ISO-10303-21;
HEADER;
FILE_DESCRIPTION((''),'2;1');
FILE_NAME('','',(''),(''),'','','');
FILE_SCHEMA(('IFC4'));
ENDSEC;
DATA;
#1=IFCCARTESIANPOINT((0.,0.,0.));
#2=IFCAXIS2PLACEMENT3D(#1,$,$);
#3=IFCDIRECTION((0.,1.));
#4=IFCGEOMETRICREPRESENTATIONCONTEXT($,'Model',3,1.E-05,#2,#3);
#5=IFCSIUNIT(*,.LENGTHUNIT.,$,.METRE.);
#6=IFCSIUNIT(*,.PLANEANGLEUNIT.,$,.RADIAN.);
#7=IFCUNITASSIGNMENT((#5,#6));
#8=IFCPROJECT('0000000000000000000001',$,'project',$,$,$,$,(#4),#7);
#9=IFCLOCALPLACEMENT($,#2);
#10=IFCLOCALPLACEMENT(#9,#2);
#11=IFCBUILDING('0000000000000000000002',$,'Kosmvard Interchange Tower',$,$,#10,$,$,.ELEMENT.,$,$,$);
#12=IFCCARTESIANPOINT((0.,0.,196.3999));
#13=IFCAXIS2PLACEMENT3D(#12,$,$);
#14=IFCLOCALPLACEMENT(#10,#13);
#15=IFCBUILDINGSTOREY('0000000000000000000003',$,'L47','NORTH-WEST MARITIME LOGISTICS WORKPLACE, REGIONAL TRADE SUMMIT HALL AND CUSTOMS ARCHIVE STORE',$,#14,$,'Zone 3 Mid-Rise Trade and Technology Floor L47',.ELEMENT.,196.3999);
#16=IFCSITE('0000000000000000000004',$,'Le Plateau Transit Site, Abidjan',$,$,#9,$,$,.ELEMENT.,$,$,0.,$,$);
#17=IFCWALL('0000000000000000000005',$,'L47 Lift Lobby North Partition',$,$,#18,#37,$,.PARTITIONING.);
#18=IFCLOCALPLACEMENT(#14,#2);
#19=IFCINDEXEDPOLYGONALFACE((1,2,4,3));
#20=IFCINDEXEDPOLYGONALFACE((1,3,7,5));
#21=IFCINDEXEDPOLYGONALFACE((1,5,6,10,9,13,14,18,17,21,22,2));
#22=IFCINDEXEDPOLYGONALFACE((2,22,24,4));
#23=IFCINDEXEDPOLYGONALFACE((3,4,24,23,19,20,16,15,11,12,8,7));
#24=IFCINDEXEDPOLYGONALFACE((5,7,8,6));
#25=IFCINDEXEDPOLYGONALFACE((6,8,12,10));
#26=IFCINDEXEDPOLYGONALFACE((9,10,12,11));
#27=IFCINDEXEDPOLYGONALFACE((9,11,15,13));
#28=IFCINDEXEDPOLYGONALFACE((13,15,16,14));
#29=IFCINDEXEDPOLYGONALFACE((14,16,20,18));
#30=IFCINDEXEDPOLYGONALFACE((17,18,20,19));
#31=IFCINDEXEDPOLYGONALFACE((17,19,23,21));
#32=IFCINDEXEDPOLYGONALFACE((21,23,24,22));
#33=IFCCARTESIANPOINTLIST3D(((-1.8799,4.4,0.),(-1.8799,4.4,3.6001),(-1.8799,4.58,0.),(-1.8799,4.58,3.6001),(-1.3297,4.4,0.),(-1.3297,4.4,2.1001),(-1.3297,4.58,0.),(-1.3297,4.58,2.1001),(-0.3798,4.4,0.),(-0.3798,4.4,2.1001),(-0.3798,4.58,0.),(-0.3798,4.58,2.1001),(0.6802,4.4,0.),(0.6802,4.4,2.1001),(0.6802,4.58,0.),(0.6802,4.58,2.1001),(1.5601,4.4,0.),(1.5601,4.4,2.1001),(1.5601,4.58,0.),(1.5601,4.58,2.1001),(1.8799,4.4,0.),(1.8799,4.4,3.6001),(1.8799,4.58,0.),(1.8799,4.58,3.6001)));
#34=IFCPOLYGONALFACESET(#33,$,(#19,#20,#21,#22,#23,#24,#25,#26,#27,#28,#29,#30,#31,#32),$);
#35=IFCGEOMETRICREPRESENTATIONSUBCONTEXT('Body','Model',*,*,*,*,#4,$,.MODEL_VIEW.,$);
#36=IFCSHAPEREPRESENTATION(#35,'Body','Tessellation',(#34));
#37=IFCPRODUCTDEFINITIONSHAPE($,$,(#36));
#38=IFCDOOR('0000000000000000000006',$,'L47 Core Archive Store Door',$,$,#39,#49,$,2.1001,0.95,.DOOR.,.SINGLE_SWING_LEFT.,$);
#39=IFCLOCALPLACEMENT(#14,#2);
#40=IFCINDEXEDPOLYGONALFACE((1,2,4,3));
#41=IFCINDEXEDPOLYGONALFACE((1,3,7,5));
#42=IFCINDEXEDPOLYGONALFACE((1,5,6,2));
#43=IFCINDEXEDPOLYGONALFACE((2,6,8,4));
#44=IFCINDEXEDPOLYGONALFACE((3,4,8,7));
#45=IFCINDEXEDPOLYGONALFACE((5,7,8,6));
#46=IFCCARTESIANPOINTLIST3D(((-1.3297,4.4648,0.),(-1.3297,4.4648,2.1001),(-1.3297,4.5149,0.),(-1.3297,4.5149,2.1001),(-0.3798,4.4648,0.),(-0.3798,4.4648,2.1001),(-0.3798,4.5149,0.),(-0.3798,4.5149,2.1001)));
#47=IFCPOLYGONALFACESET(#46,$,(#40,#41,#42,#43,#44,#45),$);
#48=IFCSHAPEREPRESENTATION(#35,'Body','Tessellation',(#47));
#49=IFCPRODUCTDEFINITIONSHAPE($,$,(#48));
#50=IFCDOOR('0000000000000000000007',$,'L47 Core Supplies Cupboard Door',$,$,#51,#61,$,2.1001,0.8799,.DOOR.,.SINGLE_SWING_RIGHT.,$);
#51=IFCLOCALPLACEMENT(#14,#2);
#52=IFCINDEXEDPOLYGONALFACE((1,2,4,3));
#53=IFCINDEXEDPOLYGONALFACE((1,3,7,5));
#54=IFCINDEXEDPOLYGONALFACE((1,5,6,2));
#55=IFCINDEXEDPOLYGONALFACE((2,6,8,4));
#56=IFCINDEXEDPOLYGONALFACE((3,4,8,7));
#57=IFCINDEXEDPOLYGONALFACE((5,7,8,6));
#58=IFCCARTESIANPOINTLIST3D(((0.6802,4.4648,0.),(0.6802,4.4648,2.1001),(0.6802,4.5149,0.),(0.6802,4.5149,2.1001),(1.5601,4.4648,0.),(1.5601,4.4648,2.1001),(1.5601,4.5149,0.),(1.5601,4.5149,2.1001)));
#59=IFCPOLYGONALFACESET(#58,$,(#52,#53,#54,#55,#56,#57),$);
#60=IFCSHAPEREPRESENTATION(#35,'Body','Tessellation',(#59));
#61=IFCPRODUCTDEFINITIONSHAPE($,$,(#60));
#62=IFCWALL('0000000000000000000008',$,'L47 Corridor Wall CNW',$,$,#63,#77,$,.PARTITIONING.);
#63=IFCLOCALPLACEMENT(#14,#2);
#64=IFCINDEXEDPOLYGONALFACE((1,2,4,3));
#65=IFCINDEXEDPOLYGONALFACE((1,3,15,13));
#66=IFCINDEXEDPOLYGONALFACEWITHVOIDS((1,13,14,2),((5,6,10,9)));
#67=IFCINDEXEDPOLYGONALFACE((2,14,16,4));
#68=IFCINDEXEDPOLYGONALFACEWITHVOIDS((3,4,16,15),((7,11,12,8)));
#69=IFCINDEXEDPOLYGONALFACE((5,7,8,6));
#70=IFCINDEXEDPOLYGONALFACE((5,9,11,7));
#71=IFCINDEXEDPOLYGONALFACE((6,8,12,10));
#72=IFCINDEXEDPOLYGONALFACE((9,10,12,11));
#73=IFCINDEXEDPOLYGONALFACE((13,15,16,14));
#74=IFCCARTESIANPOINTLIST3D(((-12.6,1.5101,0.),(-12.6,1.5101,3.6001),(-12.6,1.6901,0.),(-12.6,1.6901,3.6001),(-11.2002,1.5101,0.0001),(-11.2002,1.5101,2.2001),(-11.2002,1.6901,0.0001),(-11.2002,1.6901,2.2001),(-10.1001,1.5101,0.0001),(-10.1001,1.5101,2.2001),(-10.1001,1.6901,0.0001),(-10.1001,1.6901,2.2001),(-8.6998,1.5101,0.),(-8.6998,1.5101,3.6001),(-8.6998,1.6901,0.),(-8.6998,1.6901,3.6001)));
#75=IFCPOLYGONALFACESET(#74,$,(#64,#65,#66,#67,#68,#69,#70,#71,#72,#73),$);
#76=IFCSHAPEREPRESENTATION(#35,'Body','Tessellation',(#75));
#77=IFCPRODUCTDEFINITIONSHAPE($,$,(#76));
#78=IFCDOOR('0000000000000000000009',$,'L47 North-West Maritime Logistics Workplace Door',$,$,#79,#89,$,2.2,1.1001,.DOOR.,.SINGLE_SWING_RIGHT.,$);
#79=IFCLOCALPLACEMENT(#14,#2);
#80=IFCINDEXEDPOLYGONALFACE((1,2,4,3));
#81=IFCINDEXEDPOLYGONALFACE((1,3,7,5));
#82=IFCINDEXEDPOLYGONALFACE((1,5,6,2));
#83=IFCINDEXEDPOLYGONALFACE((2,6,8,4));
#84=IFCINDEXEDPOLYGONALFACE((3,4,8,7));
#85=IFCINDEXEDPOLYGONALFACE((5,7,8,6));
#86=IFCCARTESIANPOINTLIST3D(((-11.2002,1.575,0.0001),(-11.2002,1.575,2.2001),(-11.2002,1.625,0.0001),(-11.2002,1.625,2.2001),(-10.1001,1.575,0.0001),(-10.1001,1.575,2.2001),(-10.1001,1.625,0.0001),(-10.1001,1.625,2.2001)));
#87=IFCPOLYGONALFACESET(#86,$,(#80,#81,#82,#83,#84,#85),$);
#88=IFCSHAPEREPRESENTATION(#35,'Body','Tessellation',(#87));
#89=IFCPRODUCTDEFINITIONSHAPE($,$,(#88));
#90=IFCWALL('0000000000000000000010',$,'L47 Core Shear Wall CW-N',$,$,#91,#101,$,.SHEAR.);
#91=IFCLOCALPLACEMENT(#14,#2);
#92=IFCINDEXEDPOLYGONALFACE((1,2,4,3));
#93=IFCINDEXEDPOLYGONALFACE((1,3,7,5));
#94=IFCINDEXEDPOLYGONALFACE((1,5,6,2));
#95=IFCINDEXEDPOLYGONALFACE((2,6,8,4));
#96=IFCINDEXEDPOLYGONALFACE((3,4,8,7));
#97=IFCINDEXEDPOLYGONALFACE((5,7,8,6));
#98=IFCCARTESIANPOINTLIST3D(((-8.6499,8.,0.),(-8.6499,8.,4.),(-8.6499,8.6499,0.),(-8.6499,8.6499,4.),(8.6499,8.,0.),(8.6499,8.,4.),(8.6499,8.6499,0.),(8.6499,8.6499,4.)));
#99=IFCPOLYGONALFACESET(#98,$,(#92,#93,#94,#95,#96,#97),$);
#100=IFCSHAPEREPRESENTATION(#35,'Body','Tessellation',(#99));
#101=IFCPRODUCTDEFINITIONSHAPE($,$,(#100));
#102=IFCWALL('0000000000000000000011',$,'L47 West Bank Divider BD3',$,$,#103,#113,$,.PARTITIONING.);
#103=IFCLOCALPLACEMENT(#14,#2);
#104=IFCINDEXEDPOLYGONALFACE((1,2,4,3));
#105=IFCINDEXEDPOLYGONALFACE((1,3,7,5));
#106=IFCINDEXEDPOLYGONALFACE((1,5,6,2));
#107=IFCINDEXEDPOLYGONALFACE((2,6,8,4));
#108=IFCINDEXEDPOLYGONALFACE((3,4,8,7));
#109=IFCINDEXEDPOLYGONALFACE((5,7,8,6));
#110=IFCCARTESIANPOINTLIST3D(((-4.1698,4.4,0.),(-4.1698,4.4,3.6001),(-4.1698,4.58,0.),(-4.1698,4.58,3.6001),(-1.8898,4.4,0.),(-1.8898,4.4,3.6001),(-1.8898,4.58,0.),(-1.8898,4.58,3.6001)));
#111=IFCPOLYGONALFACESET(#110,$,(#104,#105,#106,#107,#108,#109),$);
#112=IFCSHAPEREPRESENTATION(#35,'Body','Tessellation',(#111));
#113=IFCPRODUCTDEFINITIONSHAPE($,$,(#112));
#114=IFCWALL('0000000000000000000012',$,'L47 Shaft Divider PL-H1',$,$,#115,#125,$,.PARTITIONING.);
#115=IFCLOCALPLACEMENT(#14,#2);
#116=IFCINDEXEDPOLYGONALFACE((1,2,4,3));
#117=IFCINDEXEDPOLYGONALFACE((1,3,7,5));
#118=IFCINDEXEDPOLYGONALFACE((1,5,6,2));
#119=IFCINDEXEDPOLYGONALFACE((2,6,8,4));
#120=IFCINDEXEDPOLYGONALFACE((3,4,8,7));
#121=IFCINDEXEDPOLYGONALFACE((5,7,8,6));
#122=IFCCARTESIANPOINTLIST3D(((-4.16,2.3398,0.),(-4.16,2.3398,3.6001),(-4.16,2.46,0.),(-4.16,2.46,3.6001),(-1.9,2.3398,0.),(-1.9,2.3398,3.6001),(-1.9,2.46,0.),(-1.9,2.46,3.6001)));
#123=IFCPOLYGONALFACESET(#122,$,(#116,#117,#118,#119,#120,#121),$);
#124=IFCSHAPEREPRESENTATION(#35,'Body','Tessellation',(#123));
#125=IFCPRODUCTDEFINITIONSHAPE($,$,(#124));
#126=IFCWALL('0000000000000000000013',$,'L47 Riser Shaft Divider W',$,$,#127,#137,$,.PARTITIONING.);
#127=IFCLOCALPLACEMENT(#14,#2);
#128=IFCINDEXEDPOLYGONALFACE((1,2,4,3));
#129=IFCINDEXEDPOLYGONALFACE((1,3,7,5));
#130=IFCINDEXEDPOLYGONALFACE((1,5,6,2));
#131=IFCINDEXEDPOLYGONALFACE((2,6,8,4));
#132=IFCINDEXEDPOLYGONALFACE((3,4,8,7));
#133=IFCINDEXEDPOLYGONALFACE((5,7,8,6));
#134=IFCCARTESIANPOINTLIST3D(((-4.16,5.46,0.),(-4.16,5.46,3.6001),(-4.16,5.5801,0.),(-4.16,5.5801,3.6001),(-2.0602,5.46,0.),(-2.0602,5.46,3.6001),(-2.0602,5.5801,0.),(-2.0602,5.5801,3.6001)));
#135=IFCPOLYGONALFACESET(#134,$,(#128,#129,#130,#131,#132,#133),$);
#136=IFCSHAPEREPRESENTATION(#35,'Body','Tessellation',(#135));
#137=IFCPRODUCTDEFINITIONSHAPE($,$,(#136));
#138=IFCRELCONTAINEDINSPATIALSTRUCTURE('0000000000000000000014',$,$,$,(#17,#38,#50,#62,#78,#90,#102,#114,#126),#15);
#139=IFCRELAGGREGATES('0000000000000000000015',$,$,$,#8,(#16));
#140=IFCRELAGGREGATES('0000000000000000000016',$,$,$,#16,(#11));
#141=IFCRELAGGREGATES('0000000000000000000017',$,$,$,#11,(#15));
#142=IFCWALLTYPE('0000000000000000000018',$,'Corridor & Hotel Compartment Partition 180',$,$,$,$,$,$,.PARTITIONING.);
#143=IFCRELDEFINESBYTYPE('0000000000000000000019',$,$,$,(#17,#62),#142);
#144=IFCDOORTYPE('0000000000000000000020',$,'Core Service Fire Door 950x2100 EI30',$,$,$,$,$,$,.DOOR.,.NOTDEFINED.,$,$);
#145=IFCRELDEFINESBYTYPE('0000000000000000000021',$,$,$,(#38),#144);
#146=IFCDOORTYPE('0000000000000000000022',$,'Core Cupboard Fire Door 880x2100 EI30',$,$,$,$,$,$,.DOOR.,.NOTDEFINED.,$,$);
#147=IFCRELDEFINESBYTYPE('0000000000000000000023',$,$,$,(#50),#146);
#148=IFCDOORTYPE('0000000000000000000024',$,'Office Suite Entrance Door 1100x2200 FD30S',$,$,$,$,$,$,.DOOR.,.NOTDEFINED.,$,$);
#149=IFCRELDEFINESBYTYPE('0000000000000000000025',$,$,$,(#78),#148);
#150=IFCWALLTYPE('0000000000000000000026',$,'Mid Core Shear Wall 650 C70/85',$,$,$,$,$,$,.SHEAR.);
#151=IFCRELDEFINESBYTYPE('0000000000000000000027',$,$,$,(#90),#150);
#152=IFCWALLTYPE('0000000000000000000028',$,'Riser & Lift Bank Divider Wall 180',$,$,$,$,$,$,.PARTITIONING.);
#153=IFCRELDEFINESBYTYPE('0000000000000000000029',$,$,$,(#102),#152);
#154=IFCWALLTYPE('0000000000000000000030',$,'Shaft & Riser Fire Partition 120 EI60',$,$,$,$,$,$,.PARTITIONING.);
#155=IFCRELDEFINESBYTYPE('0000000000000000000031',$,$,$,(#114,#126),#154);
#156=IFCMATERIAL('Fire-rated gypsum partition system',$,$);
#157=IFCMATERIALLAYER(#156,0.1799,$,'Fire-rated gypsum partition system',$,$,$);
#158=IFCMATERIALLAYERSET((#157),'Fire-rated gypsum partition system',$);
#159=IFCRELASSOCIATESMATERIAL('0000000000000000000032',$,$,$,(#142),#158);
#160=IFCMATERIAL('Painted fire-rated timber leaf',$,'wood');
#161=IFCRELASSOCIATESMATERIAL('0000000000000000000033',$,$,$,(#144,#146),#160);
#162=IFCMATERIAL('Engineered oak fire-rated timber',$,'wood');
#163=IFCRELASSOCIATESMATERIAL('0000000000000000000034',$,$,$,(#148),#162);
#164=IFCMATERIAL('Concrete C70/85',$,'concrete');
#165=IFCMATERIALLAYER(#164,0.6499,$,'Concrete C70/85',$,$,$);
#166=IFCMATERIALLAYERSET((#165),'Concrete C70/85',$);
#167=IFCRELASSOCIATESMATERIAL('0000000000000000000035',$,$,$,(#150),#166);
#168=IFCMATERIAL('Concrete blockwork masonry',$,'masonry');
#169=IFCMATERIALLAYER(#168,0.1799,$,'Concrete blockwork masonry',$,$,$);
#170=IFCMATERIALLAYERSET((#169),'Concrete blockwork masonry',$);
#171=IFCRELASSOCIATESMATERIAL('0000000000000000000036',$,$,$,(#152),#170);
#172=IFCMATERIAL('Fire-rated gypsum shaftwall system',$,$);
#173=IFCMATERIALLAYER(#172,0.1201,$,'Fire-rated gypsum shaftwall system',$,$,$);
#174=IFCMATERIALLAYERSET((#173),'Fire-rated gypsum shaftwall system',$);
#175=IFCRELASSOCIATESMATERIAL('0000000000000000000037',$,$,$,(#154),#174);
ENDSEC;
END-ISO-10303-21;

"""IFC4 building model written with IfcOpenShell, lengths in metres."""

from ifc_helpers import new_model, si_unit, direction, frame, frame_2d, origin, place, context, subcontext, project, spatial, rectangle, extrude, source, transform, mapped, material, layer, layer_set, type_object, element, fill, save


model = new_model("IFC4")

# Units and contexts
model_context = context("Model", 3, precision=1e-05, world=origin(), true_north=direction((0.0, 1.0)))
body_context = subcontext(model_context, "Body", "Model", "MODEL_VIEW")
ifc_project = project(units=[si_unit("LENGTHUNIT", "METRE"), si_unit("PLANEANGLEUNIT", "RADIAN")], contexts=[model_context])

# Site, building, storey
site_placement = place(None, origin())
site = spatial("IfcSite", under=ifc_project, at=site_placement, Name="Le Plateau Transit Site, Abidjan", CompositionType="ELEMENT", RefElevation=0.0)
building_placement = place(site_placement, origin())
building = spatial("IfcBuilding", under=site, at=building_placement, Name="Kosmvard Interchange Tower", CompositionType="ELEMENT")
storey_placement = place(building_placement, frame((0.0, 0.0, 196.3999)))
storey = spatial("IfcBuildingStorey", under=building, at=storey_placement, Name="L47", Description="NORTH-WEST MARITIME LOGISTICS WORKPLACE, REGIONAL TRADE SUMMIT HALL AND CUSTOMS ARCHIVE STORE", LongName="Zone 3 Mid-Rise Trade and Technology Floor L47", CompositionType="ELEMENT", Elevation=196.3999)

# Shared definitions
ifc_material_1 = material(Name="Fire-rated gypsum partition system")

# Wall, openings, doors
ifc_layer_1 = layer(ifc_material_1, 0.1799, Name="Fire-rated gypsum partition system")
ifc_layer_set_1 = layer_set([ifc_layer_1], Name="Fire-rated gypsum partition system")
wall_type_1 = type_object("IfcWallType", Name="Corridor & Hotel Compartment Partition 180", PredefinedType="PARTITIONING", material=ifc_layer_set_1)
wall_1_placement = place(storey_placement, frame((-1.8799, 4.49, 0.0), z_axis=(0.0, 0.0, 1.0), x_axis=(1.0, 0.0, 0.0)))
wall_1 = element("IfcWall", 1, at=wall_1_placement, inside=storey, type_object=wall_type_1, Name="L47 Lift Lobby North Partition", PredefinedType="PARTITIONING", context=body_context, shape_type="SweptSolid", body=[
    extrude(rectangle(XDim=3.7598, YDim=0.1799, at=frame_2d((1.8799, 0.0))), origin(), (0.0, 0.0, 1.0), 3.6001),
])
opening_1_placement = place(wall_1_placement, frame((0.55, 0.0, 0.0)))
opening_1 = element("IfcOpeningElement", 2, at=opening_1_placement, cuts=wall_1, PredefinedType="OPENING", context=body_context, shape_type="SweptSolid", body=[
    extrude(rectangle(XDim=0.95, YDim=2.1001, at=frame_2d((0.4751, 1.05))), frame((0.0, 0.1001, 0.0), z_axis=(0.0, -1.0, 0.0), x_axis=(1.0, 0.0, 0.0)), (0.0, 0.0, 1.0), 0.2),
])
opening_2_placement = place(wall_1_placement, frame((2.5601, 0.0, 0.0)))
opening_2 = element("IfcOpeningElement", 3, at=opening_2_placement, cuts=wall_1, PredefinedType="OPENING", context=body_context, shape_type="SweptSolid", body=[
    extrude(rectangle(XDim=0.8799, YDim=2.1001, at=frame_2d((0.4399, 1.05))), frame((0.0, 0.1001, 0.0), z_axis=(0.0, -1.0, 0.0), x_axis=(1.0, 0.0, 0.0)), (0.0, 0.0, 1.0), 0.2),
])
ifc_material_2 = material(Name="Painted fire-rated timber leaf", Category="wood")
door_type_1 = type_object("IfcDoorType", Name="Core Service Fire Door 950x2100 EI30", OperationType="NOTDEFINED", PredefinedType="DOOR", material=ifc_material_2)
shared_shape_1 = source(origin(), body_context, "Body", "SweptSolid", [
    extrude(rectangle(XDim=0.95, YDim=2.1001, at=frame_2d((0.4751, 1.05))), frame((0.0, 0.0249, 0.0), z_axis=(0.0, -1.0, 0.0), x_axis=(1.0, 0.0, 0.0)), (0.0, 0.0, 1.0), 0.05),
])
door_1_placement = place(opening_1_placement, origin())
door_1 = element("IfcDoor", 4, at=door_1_placement, inside=storey, type_object=door_type_1, Name="L47 Core Archive Store Door", OperationType="SINGLE_SWING_LEFT", OverallHeight=2.1001, OverallWidth=0.95, PredefinedType="DOOR", context=body_context, shape_type="MappedRepresentation", body=[
    mapped(shared_shape_1, transform((0.0, 0.0, 0.0), scale=1.0)),
])
fill(opening_1, door_1)
door_type_2 = type_object("IfcDoorType", Name="Core Cupboard Fire Door 880x2100 EI30", OperationType="NOTDEFINED", PredefinedType="DOOR", material=ifc_material_2)
shared_shape_2 = source(origin(), body_context, "Body", "SweptSolid", [
    extrude(rectangle(XDim=0.8799, YDim=2.1001, at=frame_2d((0.4399, 1.05))), frame((0.0, 0.0249, 0.0), z_axis=(0.0, -1.0, 0.0), x_axis=(1.0, 0.0, 0.0)), (0.0, 0.0, 1.0), 0.05),
])
door_2_placement = place(opening_2_placement, origin())
door_2 = element("IfcDoor", 5, at=door_2_placement, inside=storey, type_object=door_type_2, Name="L47 Core Supplies Cupboard Door", OperationType="SINGLE_SWING_RIGHT", OverallHeight=2.1001, OverallWidth=0.8799, PredefinedType="DOOR", context=body_context, shape_type="MappedRepresentation", body=[
    mapped(shared_shape_2, transform((0.0, 0.0, 0.0), scale=1.0)),
])
fill(opening_2, door_2)

# Wall, opening, door
wall_2_placement = place(storey_placement, frame((-12.6001, 1.6001, 0.0), z_axis=(0.0, 0.0, 1.0), x_axis=(1.0, 0.0, 0.0)))
wall_2 = element("IfcWall", 6, at=wall_2_placement, inside=storey, type_object=wall_type_1, Name="L47 Corridor Wall CNW", PredefinedType="PARTITIONING", context=body_context, shape_type="SweptSolid", body=[
    extrude(rectangle(XDim=3.9001, YDim=0.1799, at=frame_2d((1.9502, 0.0))), origin(), (0.0, 0.0, 1.0), 3.6001),
])
opening_3_placement = place(wall_2_placement, frame((1.3999, 0.0, 0.0)))
opening_3 = element("IfcOpeningElement", 7, at=opening_3_placement, cuts=wall_2, PredefinedType="OPENING", context=body_context, shape_type="SweptSolid", body=[
    extrude(rectangle(XDim=1.1001, YDim=2.2, at=frame_2d((0.55, 1.1001))), frame((0.0, 0.1001, 0.0), z_axis=(0.0, -1.0, 0.0), x_axis=(1.0, 0.0, 0.0)), (0.0, 0.0, 1.0), 0.2),
])
ifc_material_3 = material(Name="Engineered oak fire-rated timber", Category="wood")
door_type_3 = type_object("IfcDoorType", Name="Office Suite Entrance Door 1100x2200 FD30S", OperationType="NOTDEFINED", PredefinedType="DOOR", material=ifc_material_3)
shared_shape_3 = source(origin(), body_context, "Body", "SweptSolid", [
    extrude(rectangle(XDim=1.1001, YDim=2.2, at=frame_2d((0.55, 1.1001))), frame((0.0, 0.0249, 0.0), z_axis=(0.0, -1.0, 0.0), x_axis=(1.0, 0.0, 0.0)), (0.0, 0.0, 1.0), 0.05),
])
door_3_placement = place(opening_3_placement, origin())
door_3 = element("IfcDoor", 8, at=door_3_placement, inside=storey, type_object=door_type_3, Name="L47 North-West Maritime Logistics Workplace Door", OperationType="SINGLE_SWING_RIGHT", OverallHeight=2.2, OverallWidth=1.1001, PredefinedType="DOOR", context=body_context, shape_type="MappedRepresentation", body=[
    mapped(shared_shape_3, transform((0.0, 0.0, 0.0), scale=1.0)),
])
fill(opening_3, door_3)

# Walls
ifc_material_4 = material(Name="Concrete C70/85", Category="concrete")
ifc_layer_2 = layer(ifc_material_4, 0.6499, Name="Concrete C70/85")
ifc_layer_set_2 = layer_set([ifc_layer_2], Name="Concrete C70/85")
wall_type_2 = type_object("IfcWallType", Name="Mid Core Shear Wall 650 C70/85", PredefinedType="SHEAR", material=ifc_layer_set_2)
wall_3_placement = place(storey_placement, frame((-8.6499, 8.325, 0.0), z_axis=(0.0, 0.0, 1.0), x_axis=(1.0, 0.0, 0.0)))
element("IfcWall", 9, at=wall_3_placement, inside=storey, type_object=wall_type_2, Name="L47 Core Shear Wall CW-N", PredefinedType="SHEAR", context=body_context, shape_type="SweptSolid", body=[
    extrude(rectangle(XDim=17.2998, YDim=0.6499, at=frame_2d((8.6499, 0.0))), origin(), (0.0, 0.0, 1.0), 4.0),
])
ifc_material_5 = material(Name="Concrete blockwork masonry", Category="masonry")
ifc_layer_3 = layer(ifc_material_5, 0.1799, Name="Concrete blockwork masonry")
ifc_layer_set_3 = layer_set([ifc_layer_3], Name="Concrete blockwork masonry")
wall_type_3 = type_object("IfcWallType", Name="Riser & Lift Bank Divider Wall 180", PredefinedType="PARTITIONING", material=ifc_layer_set_3)
wall_4_placement = place(storey_placement, frame((-4.1699, 4.49, 0.0), z_axis=(0.0, 0.0, 1.0), x_axis=(1.0, 0.0, 0.0)))
element("IfcWall", 10, at=wall_4_placement, inside=storey, type_object=wall_type_3, Name="L47 West Bank Divider BD3", PredefinedType="PARTITIONING", context=body_context, shape_type="SweptSolid", body=[
    extrude(rectangle(XDim=2.28, YDim=0.1799, at=frame_2d((1.1401, 0.0))), origin(), (0.0, 0.0, 1.0), 3.6001),
])
ifc_material_6 = material(Name="Fire-rated gypsum shaftwall system")
ifc_layer_4 = layer(ifc_material_6, 0.1201, Name="Fire-rated gypsum shaftwall system")
ifc_layer_set_4 = layer_set([ifc_layer_4], Name="Fire-rated gypsum shaftwall system")
wall_type_4 = type_object("IfcWallType", Name="Shaft & Riser Fire Partition 120 EI60", PredefinedType="PARTITIONING", material=ifc_layer_set_4)
wall_5_placement = place(storey_placement, frame((-4.1599, 2.3999, 0.0), z_axis=(0.0, 0.0, 1.0), x_axis=(1.0, 0.0, 0.0)))
element("IfcWall", 11, at=wall_5_placement, inside=storey, type_object=wall_type_4, Name="L47 Shaft Divider PL-H1", PredefinedType="PARTITIONING", context=body_context, shape_type="SweptSolid", body=[
    extrude(rectangle(XDim=2.26, YDim=0.1201, at=frame_2d((1.1299, 0.0))), origin(), (0.0, 0.0, 1.0), 3.6001),
])
wall_6_placement = place(storey_placement, frame((-4.1599, 5.52, 0.0), z_axis=(0.0, 0.0, 1.0), x_axis=(1.0, 0.0, 0.0)))
element("IfcWall", 12, at=wall_6_placement, inside=storey, type_object=wall_type_4, Name="L47 Riser Shaft Divider W", PredefinedType="PARTITIONING", context=body_context, shape_type="SweptSolid", body=[
    extrude(rectangle(XDim=2.0999, YDim=0.1201, at=frame_2d((1.0498, 0.0))), origin(), (0.0, 0.0, 1.0), 3.6001),
])

save(model, "model.ifc")
